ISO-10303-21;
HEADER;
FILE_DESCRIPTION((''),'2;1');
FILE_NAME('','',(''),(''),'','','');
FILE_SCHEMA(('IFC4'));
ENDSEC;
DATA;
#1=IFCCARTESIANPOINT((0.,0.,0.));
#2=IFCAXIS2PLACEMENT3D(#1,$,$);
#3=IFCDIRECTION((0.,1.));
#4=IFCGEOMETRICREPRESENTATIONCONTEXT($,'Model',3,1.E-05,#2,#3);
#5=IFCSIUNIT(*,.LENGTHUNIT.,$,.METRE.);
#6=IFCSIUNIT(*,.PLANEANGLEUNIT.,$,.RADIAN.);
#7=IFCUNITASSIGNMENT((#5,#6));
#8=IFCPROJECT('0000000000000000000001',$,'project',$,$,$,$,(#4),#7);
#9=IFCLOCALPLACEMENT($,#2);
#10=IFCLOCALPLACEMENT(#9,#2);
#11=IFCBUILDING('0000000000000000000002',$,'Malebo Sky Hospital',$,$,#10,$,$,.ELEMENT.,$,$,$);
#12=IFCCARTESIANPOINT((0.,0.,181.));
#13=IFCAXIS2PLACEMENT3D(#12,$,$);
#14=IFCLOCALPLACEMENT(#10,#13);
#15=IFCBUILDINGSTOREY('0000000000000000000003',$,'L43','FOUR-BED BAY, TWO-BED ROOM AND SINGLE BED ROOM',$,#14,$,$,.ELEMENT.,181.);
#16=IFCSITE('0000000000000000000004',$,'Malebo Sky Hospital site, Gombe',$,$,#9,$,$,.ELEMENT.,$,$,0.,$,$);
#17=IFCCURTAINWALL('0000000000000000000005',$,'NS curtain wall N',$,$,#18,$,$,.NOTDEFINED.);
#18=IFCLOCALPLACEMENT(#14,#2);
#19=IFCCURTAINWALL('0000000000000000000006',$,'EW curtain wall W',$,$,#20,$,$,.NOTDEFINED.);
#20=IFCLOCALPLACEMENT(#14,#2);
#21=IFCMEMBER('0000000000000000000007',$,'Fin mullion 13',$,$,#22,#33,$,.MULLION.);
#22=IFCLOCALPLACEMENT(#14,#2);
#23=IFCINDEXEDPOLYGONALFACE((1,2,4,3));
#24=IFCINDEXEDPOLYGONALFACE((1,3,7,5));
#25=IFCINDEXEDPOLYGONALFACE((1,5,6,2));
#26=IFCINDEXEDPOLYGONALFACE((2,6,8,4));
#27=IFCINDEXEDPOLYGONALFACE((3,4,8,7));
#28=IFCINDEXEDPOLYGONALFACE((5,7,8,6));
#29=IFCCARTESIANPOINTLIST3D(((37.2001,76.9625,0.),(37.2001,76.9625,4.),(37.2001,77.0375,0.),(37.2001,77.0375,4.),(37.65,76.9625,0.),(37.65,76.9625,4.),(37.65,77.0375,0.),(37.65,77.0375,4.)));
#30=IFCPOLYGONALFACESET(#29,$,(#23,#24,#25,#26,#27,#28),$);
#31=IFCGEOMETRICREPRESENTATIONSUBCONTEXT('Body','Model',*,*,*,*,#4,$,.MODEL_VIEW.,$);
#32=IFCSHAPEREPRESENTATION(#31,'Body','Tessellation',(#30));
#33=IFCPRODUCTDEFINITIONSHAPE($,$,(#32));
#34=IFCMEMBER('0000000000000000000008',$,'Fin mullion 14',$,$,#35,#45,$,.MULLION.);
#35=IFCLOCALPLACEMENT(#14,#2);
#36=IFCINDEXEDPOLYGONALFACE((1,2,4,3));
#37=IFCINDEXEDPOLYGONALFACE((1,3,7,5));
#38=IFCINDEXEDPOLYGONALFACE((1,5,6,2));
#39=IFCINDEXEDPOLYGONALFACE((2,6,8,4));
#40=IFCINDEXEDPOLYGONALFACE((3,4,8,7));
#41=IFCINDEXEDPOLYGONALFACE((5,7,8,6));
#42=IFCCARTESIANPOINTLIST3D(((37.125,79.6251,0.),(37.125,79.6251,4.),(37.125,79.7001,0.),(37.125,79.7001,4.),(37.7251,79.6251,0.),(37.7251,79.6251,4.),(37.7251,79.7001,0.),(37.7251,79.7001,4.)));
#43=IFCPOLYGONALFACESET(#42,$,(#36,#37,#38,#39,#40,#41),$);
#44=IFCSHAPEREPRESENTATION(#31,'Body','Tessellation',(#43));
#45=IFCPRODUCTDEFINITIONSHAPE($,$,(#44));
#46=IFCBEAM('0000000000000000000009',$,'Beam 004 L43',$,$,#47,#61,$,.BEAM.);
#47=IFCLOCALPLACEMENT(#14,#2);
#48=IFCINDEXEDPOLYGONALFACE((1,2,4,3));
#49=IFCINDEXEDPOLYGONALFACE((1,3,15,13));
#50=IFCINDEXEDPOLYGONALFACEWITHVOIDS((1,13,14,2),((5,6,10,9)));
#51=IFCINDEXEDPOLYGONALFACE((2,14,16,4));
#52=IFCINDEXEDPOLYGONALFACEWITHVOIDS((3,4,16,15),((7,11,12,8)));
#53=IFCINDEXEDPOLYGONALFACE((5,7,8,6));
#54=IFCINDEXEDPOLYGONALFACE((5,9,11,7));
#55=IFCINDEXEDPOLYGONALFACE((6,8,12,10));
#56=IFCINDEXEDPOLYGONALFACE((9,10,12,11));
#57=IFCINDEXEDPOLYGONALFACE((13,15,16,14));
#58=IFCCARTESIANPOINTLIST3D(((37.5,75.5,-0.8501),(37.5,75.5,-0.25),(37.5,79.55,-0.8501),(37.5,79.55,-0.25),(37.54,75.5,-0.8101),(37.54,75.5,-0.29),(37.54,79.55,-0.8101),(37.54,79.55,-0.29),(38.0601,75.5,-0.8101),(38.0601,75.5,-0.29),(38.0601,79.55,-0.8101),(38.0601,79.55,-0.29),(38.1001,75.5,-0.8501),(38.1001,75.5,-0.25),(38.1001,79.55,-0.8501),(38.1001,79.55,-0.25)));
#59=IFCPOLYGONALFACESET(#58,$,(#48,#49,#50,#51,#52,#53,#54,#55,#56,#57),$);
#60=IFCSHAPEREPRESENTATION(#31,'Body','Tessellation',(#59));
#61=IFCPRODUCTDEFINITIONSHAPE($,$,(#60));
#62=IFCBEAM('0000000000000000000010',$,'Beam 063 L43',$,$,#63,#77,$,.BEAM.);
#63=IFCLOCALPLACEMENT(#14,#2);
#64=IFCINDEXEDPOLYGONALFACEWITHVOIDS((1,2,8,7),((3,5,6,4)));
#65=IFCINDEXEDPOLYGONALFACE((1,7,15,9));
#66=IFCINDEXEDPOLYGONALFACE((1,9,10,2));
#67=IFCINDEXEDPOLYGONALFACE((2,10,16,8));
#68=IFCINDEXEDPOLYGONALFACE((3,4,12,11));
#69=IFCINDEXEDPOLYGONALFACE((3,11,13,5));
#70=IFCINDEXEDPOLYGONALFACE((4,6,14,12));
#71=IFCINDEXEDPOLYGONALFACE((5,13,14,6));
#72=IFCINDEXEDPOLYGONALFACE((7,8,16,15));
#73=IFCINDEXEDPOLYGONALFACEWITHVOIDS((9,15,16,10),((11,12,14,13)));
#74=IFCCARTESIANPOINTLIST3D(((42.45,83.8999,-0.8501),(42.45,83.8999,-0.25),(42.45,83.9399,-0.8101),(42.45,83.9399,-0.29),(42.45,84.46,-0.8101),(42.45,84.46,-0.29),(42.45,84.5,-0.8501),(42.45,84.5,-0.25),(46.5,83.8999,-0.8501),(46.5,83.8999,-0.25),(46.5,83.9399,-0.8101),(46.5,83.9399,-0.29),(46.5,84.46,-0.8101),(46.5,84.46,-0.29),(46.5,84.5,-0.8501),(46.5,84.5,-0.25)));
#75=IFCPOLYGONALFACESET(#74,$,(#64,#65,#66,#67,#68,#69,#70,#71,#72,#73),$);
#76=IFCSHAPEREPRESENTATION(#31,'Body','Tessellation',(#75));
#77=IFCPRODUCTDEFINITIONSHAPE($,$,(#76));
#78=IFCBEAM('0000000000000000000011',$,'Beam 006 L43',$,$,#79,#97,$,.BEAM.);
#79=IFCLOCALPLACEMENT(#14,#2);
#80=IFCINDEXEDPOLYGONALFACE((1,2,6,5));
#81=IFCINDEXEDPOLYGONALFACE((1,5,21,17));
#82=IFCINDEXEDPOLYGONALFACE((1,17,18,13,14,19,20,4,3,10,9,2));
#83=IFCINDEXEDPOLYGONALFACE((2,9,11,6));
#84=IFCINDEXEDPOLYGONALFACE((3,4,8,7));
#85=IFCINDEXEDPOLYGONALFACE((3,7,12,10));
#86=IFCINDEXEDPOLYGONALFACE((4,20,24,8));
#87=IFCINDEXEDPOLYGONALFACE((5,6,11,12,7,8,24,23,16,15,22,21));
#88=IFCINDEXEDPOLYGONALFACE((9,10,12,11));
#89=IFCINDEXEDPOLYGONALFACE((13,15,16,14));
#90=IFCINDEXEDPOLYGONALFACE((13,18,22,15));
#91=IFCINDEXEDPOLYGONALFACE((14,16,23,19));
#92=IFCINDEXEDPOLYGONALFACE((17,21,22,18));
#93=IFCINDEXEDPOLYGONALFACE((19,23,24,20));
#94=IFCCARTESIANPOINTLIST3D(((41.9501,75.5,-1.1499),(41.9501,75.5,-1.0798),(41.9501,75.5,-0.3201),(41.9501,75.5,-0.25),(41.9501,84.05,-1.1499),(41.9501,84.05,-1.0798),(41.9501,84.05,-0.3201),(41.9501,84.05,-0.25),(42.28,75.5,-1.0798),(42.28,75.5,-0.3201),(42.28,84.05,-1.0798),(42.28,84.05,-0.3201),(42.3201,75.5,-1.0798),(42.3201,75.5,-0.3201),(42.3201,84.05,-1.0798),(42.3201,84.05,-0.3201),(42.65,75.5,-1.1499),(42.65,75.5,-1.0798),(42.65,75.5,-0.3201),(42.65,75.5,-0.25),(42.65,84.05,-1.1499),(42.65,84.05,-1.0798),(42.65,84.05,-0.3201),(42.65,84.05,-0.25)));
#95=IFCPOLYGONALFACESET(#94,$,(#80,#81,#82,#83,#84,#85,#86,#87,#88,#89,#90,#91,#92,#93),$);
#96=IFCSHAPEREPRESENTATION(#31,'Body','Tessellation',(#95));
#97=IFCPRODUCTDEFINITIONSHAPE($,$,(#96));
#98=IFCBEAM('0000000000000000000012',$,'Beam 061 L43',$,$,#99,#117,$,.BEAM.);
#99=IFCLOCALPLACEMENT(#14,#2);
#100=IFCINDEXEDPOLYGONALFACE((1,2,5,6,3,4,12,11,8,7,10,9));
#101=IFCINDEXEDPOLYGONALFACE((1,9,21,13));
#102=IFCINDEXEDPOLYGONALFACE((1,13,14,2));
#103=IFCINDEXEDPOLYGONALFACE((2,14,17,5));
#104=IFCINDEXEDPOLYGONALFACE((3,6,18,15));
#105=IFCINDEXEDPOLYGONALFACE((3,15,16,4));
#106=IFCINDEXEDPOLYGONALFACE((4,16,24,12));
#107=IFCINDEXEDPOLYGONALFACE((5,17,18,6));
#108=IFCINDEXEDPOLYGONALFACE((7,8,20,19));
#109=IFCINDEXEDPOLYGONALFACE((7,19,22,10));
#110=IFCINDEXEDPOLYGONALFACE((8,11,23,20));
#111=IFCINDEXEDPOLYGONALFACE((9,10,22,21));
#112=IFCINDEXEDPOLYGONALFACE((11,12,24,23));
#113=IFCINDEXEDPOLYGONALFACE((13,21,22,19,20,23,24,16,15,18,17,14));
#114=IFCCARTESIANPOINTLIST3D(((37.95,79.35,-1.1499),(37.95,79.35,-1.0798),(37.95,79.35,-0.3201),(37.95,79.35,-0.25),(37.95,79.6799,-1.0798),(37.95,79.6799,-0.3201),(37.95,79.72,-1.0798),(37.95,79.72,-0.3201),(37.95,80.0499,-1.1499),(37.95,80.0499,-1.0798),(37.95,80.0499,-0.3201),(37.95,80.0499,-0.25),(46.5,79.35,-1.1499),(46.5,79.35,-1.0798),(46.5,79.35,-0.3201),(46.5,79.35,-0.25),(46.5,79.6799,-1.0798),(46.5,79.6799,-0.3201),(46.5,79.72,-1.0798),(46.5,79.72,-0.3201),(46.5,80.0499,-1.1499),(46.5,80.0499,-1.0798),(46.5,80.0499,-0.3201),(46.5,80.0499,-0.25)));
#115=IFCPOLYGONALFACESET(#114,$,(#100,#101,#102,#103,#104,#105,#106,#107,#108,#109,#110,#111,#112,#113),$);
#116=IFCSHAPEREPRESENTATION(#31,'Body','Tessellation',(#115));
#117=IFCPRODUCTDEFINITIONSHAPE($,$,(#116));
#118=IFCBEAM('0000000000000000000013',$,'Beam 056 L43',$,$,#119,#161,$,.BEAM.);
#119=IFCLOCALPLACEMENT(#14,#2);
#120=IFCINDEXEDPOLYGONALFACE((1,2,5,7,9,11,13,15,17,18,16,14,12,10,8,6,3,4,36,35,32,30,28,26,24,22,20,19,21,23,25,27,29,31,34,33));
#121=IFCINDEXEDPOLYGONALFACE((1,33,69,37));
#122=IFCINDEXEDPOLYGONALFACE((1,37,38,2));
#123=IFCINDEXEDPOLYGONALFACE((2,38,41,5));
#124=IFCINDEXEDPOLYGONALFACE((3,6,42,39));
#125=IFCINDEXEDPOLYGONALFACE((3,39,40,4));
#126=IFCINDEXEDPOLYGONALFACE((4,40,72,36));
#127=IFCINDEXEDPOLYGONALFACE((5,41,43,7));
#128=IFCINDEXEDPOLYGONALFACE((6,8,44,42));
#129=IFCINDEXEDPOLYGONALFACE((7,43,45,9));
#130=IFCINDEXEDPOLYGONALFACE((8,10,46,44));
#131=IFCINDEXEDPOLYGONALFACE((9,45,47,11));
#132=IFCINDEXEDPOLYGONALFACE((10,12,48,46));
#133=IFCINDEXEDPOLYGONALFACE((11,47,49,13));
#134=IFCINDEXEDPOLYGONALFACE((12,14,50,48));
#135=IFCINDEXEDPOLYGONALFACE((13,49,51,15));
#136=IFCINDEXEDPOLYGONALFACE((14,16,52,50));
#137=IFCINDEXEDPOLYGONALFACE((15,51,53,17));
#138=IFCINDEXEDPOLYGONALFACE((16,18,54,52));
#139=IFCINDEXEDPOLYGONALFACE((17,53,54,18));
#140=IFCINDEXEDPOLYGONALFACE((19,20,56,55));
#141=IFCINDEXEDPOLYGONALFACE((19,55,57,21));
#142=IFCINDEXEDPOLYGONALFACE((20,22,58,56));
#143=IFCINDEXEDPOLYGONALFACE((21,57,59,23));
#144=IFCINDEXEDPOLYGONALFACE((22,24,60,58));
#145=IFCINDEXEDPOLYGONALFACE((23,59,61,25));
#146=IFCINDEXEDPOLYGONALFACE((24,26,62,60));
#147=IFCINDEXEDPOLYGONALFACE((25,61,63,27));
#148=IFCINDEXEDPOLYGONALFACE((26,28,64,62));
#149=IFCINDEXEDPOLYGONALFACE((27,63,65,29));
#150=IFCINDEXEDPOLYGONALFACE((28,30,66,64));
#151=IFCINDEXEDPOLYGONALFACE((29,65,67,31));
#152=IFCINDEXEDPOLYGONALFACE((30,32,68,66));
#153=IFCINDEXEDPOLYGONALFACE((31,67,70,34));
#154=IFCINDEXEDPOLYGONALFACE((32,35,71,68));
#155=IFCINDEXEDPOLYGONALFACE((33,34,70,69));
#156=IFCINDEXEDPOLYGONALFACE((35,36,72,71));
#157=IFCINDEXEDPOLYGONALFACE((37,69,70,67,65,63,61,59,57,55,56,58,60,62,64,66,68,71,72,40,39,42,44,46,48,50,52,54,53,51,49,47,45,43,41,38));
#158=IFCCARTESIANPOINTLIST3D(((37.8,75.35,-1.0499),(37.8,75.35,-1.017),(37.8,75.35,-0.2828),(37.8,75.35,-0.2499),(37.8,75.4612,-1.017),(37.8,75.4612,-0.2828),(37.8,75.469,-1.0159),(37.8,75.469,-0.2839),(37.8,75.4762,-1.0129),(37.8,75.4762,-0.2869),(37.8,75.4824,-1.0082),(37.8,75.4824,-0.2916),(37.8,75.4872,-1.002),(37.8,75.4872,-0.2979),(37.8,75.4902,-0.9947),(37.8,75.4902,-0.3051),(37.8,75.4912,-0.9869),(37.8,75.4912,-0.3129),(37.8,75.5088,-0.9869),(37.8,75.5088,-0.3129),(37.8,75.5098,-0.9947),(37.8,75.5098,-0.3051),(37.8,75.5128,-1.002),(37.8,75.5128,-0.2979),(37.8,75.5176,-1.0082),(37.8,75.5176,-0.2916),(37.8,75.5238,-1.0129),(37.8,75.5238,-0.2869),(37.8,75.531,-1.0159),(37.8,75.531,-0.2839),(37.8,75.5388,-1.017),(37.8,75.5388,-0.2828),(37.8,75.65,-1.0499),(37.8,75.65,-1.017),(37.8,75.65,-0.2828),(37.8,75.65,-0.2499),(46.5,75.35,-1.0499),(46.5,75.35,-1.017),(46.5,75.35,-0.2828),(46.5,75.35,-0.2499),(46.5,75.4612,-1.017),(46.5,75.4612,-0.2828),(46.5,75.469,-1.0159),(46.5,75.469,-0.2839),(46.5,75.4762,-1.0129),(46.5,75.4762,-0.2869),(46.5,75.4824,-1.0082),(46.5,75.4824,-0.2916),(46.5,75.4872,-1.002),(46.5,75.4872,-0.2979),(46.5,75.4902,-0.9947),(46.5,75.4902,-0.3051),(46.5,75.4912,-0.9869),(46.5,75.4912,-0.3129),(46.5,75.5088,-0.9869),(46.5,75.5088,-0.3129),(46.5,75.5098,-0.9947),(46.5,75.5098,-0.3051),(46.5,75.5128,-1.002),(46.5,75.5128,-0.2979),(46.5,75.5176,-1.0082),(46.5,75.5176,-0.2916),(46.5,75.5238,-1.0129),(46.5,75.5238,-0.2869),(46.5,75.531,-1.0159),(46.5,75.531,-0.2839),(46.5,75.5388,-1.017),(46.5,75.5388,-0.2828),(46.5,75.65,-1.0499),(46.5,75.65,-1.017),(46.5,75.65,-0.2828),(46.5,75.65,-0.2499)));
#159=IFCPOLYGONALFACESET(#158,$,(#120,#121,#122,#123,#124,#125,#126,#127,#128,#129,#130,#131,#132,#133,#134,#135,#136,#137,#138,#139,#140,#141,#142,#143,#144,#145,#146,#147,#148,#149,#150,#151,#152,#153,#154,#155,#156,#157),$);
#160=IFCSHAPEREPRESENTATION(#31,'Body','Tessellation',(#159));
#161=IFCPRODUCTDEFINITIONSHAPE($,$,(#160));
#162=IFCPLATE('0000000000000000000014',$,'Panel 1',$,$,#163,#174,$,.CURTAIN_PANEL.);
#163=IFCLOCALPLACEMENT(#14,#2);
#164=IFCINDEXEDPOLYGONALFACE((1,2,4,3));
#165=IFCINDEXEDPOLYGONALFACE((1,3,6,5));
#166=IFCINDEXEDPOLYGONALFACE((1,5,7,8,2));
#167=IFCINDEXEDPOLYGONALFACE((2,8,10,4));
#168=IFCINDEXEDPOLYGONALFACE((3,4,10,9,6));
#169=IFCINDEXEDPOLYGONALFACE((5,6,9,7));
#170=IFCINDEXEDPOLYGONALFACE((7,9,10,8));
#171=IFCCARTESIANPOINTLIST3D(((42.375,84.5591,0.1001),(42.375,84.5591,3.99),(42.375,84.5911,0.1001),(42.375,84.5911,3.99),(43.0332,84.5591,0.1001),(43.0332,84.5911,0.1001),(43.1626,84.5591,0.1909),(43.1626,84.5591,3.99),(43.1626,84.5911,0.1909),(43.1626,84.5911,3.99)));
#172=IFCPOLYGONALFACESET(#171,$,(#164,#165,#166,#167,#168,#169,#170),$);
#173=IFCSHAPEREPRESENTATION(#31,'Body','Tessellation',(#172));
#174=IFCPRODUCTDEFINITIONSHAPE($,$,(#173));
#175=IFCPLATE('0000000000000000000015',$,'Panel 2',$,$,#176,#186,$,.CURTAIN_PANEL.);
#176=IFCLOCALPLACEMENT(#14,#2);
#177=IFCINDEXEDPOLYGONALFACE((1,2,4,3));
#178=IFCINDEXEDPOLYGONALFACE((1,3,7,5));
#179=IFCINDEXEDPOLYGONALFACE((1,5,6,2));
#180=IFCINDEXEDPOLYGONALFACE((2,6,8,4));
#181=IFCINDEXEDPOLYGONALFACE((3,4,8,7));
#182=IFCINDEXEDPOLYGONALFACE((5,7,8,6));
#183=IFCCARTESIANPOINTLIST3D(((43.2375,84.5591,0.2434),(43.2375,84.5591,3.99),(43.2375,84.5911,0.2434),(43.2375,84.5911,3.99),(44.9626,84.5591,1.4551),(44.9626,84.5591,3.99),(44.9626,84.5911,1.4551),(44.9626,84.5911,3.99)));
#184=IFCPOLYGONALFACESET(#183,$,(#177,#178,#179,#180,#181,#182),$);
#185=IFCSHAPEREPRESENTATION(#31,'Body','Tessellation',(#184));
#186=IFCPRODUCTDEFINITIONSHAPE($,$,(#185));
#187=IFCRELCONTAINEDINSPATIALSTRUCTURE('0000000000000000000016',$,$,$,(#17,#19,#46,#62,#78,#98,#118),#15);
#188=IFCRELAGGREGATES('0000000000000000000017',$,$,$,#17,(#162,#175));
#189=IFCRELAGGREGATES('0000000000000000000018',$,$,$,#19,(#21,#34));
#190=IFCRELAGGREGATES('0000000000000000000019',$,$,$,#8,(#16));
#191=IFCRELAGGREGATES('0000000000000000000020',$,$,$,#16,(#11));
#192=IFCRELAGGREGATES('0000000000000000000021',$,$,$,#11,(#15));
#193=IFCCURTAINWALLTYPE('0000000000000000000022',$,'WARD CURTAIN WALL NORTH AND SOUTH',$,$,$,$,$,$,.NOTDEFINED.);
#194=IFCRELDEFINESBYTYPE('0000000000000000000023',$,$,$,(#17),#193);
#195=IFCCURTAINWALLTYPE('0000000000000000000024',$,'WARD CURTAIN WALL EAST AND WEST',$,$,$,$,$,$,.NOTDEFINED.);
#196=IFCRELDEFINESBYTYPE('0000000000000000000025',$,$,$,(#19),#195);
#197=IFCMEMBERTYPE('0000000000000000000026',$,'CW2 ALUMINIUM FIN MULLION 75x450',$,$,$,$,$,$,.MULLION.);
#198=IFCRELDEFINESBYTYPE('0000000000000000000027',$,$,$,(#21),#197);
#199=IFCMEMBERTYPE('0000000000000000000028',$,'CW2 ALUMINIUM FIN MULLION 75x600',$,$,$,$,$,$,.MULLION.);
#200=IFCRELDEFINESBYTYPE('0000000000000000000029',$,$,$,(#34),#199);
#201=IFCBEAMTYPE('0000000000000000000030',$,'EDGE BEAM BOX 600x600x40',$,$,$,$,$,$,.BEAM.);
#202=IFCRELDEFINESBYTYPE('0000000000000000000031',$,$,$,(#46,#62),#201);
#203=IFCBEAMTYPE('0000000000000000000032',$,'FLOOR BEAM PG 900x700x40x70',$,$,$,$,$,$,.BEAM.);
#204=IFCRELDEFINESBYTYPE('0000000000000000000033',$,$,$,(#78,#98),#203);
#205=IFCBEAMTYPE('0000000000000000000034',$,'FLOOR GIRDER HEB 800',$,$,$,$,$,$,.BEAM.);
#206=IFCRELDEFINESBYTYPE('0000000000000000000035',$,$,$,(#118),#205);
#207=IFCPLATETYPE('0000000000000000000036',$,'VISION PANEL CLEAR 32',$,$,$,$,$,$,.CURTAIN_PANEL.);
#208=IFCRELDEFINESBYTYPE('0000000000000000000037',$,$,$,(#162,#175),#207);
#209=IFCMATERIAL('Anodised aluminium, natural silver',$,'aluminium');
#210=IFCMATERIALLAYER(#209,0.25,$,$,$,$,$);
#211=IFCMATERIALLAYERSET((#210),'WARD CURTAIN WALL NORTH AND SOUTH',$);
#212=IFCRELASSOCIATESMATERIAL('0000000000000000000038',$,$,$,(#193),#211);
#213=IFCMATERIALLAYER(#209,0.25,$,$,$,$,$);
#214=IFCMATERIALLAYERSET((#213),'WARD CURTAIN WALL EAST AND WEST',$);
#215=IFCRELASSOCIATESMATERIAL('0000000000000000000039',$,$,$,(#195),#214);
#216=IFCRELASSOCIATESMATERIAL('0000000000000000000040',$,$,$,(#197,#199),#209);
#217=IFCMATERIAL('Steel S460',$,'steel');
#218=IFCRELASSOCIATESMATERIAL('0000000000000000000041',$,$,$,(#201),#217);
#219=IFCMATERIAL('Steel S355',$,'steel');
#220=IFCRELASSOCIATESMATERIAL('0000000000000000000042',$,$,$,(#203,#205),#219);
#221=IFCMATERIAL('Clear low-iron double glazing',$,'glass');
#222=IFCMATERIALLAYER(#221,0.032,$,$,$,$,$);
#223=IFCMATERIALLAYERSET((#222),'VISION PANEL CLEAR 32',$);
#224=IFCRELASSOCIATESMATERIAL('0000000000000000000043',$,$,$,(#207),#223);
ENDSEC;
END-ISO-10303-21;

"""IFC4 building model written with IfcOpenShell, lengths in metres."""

from ifc_helpers import new_model, si_unit, direction, frame, origin, origin_2d, place, context, subcontext, project, spatial, polyline, rectangle, hollow_rectangle, i_section, outline, extrude, material, layer, layer_set, material_profile, profile_set, type_object, element, aggregate, save


model = new_model("IFC4")

# Units and contexts
model_context = context("Model", 3, precision=1e-05, world=origin(), true_north=direction((0.0, 1.0)))
body_context = subcontext(model_context, "Body", "Model", "MODEL_VIEW")
ifc_project = project(units=[si_unit("LENGTHUNIT", "METRE"), si_unit("PLANEANGLEUNIT", "RADIAN")], contexts=[model_context])

# Site, building, storey
site_placement = place(None, origin())
site = spatial("IfcSite", under=ifc_project, at=site_placement, Name="Malebo Sky Hospital site, Gombe", CompositionType="ELEMENT", RefElevation=0.0)
building_placement = place(site_placement, origin())
building = spatial("IfcBuilding", under=site, at=building_placement, Name="Malebo Sky Hospital", CompositionType="ELEMENT")
storey_placement = place(building_placement, frame((0.0, 0.0, 181.0)))
storey = spatial("IfcBuildingStorey", under=building, at=storey_placement, Name="L43", Description="FOUR-BED BAY, TWO-BED ROOM AND SINGLE BED ROOM", CompositionType="ELEMENT", Elevation=181.0)

# Shared definitions
ifc_material_1 = material(Name="Steel S460", Category="steel")

# Curtain wall
ifc_material_2 = material(Name="Anodised aluminium, natural silver", Category="aluminium")
ifc_layer_1 = layer(ifc_material_2, 0.25)
ifc_layer_set_1 = layer_set([ifc_layer_1], Name="WARD CURTAIN WALL NORTH AND SOUTH")
curtain_wall_type_1 = type_object("IfcCurtainWallType", Name="WARD CURTAIN WALL NORTH AND SOUTH", PredefinedType="NOTDEFINED", material=ifc_layer_set_1)
curtain_wall_1_placement = place(storey_placement, origin())
curtain_wall_1 = element("IfcCurtainWall", 1, at=curtain_wall_1_placement, inside=storey, type_object=curtain_wall_type_1, Name="NS curtain wall N", PredefinedType="NOTDEFINED")

# Curtain wall
ifc_layer_2 = layer(ifc_material_2, 0.25)
ifc_layer_set_2 = layer_set([ifc_layer_2], Name="WARD CURTAIN WALL EAST AND WEST")
curtain_wall_type_2 = type_object("IfcCurtainWallType", Name="WARD CURTAIN WALL EAST AND WEST", PredefinedType="NOTDEFINED", material=ifc_layer_set_2)
curtain_wall_2_placement = place(storey_placement, origin())
curtain_wall_2 = element("IfcCurtainWall", 2, at=curtain_wall_2_placement, inside=storey, type_object=curtain_wall_type_2, Name="EW curtain wall W", PredefinedType="NOTDEFINED")

# Shared definitions
ifc_material_3 = material(Name="Steel S355", Category="steel")

# Members
ifc_material_profile_1 = material_profile(ifc_material_2, rectangle(XDim=0.075, YDim=0.45, at=origin_2d()), Name="CW2 ALUMINIUM FIN MULLION 75x450")
ifc_profile_set_1 = profile_set([ifc_material_profile_1], Name="Anodised aluminium, natural silver")
member_type_1 = type_object("IfcMemberType", Name="CW2 ALUMINIUM FIN MULLION 75x450", PredefinedType="MULLION", material=ifc_profile_set_1)
member_1_placement = place(storey_placement, frame((37.425, 77.0, 0.0), z_axis=(0.0, 0.0, 1.0), x_axis=(0.0, 1.0, 0.0)))
member_1 = element("IfcMember", 3, at=member_1_placement, type_object=member_type_1, Name="Fin mullion 13", PredefinedType="MULLION", context=body_context, shape_type="SweptSolid", body=[
    extrude(rectangle(XDim=0.075, YDim=0.45, at=origin_2d()), origin(), (0.0, 0.0, 1.0), 4.0),
])
ifc_material_profile_2 = material_profile(ifc_material_2, rectangle(XDim=0.075, YDim=0.6001, at=origin_2d()), Name="CW2 ALUMINIUM FIN MULLION 75x600")
ifc_profile_set_2 = profile_set([ifc_material_profile_2], Name="Anodised aluminium, natural silver")
member_type_2 = type_object("IfcMemberType", Name="CW2 ALUMINIUM FIN MULLION 75x600", PredefinedType="MULLION", material=ifc_profile_set_2)
member_2_placement = place(storey_placement, frame((37.425, 79.6626, 0.0), z_axis=(0.0, 0.0, 1.0), x_axis=(0.0, 1.0, 0.0)))
member_2 = element("IfcMember", 4, at=member_2_placement, type_object=member_type_2, Name="Fin mullion 14", PredefinedType="MULLION", context=body_context, shape_type="SweptSolid", body=[
    extrude(rectangle(XDim=0.075, YDim=0.6001, at=origin_2d()), origin(), (0.0, 0.0, 1.0), 4.0),
])

# Beams
ifc_material_profile_3 = material_profile(ifc_material_1, hollow_rectangle(XDim=0.6001, YDim=0.6001, WallThickness=0.04, at=origin_2d()), Name="BOX 600x600x40")
ifc_profile_set_3 = profile_set([ifc_material_profile_3], Name="Steel S460")
beam_type_1 = type_object("IfcBeamType", Name="EDGE BEAM BOX 600x600x40", PredefinedType="BEAM", material=ifc_profile_set_3)
for number, where, z_axis, x_axis, name in (
    (5, (37.8, 75.5, -0.55), (0.0, 1.0, 0.0), (-1.0, 0.0, 0.0), "Beam 004 L43"),
    (6, (42.45, 84.2, -0.55), (1.0, 0.0, 0.0), (0.0, 1.0, 0.0), "Beam 063 L43"),
):
    element("IfcBeam", number, at=place(storey_placement, frame(where, z_axis=z_axis, x_axis=x_axis)), inside=storey, type_object=beam_type_1, Name=name, PredefinedType="BEAM", context=body_context, shape_type="SweptSolid", body=[
        extrude(hollow_rectangle(XDim=0.6001, YDim=0.6001, WallThickness=0.04, at=origin_2d()), origin(), (0.0, 0.0, 1.0), 4.05),
    ])
ifc_material_profile_4 = material_profile(ifc_material_3, i_section(OverallWidth=0.7, OverallDepth=0.8999, WebThickness=0.04, FlangeThickness=0.0701, at=origin_2d()), Name="PG 900x700x40x70")
ifc_profile_set_4 = profile_set([ifc_material_profile_4], Name="Steel S355")
beam_type_2 = type_object("IfcBeamType", Name="FLOOR BEAM PG 900x700x40x70", PredefinedType="BEAM", material=ifc_profile_set_4)
for number, where, z_axis, x_axis, name in (
    (7, (42.3, 75.5, -0.7), (0.0, 1.0, 0.0), (-1.0, 0.0, 0.0), "Beam 006 L43"),
    (8, (37.95, 79.7, -0.7), (1.0, 0.0, 0.0), (0.0, 1.0, 0.0), "Beam 061 L43"),
):
    element("IfcBeam", number, at=place(storey_placement, frame(where, z_axis=z_axis, x_axis=x_axis)), inside=storey, type_object=beam_type_2, Name=name, PredefinedType="BEAM", context=body_context, shape_type="SweptSolid", body=[
        extrude(i_section(OverallWidth=0.7, OverallDepth=0.8999, WebThickness=0.04, FlangeThickness=0.0701, at=origin_2d()), origin(), (0.0, 0.0, 1.0), 8.55),
    ])
ifc_material_profile_5 = material_profile(ifc_material_3, i_section(OverallWidth=0.3, OverallDepth=0.8, WebThickness=0.0176, FlangeThickness=0.033, FilletRadius=0.03, at=origin_2d()), Name="HEB 800")
ifc_profile_set_5 = profile_set([ifc_material_profile_5], Name="Steel S355")
beam_type_3 = type_object("IfcBeamType", Name="FLOOR GIRDER HEB 800", PredefinedType="BEAM", material=ifc_profile_set_5)
beam_placement = place(storey_placement, frame((37.8, 75.5, -0.6499), z_axis=(1.0, 0.0, 0.0), x_axis=(0.0, 1.0, 0.0)))
element("IfcBeam", 9, at=beam_placement, inside=storey, type_object=beam_type_3, Name="Beam 056 L43", PredefinedType="BEAM", context=body_context, shape_type="SweptSolid", body=[
    extrude(i_section(OverallWidth=0.3, OverallDepth=0.8, WebThickness=0.0176, FlangeThickness=0.033, FilletRadius=0.03, at=origin_2d()), origin(), (0.0, 0.0, 1.0), 8.7),
])

# Plates
ifc_material_4 = material(Name="Clear low-iron double glazing", Category="glass")
ifc_layer_3 = layer(ifc_material_4, 0.032)
ifc_layer_set_3 = layer_set([ifc_layer_3], Name="VISION PANEL CLEAR 32")
plate_type = type_object("IfcPlateType", Name="VISION PANEL CLEAR 32", PredefinedType="CURTAIN_PANEL", material=ifc_layer_set_3)
plate_1_placement = place(storey_placement, frame((42.7688, 84.575, 0.1001), z_axis=(0.0, 0.0, 1.0), x_axis=(1.0, 0.0, 0.0)))
plate_1 = element("IfcPlate", 10, at=plate_1_placement, type_object=plate_type, Name="Panel 1", PredefinedType="CURTAIN_PANEL", context=body_context, shape_type="SweptSolid", body=[
    extrude(outline(polyline([(-0.3938, 0.0), (0.2644, 0.0), (0.3938, 0.0908), (0.3938, 3.8899), (-0.3938, 3.8899), (-0.3938, 0.0)])), frame((0.0, 0.0161, 0.0), z_axis=(0.0, -1.0, 0.0), x_axis=(1.0, 0.0, 0.0)), (0.0, 0.0, 1.0), 0.032),
])
plate_2_placement = place(storey_placement, frame((44.1001, 84.575, 0.2434), z_axis=(0.0, 0.0, 1.0), x_axis=(1.0, 0.0, 0.0)))
plate_2 = element("IfcPlate", 11, at=plate_2_placement, type_object=plate_type, Name="Panel 2", PredefinedType="CURTAIN_PANEL", context=body_context, shape_type="SweptSolid", body=[
    extrude(outline(polyline([(-0.8625, 0.0), (0.8625, 1.2117), (0.8625, 3.7466), (-0.8625, 3.7466), (-0.8625, 0.0)])), frame((0.0, 0.0161, 0.0), z_axis=(0.0, -1.0, 0.0), x_axis=(1.0, 0.0, 0.0)), (0.0, 0.0, 1.0), 0.032),
])
aggregate(curtain_wall_1, [plate_1, plate_2])
aggregate(curtain_wall_2, [member_1, member_2])

save(model, "model.ifc")
